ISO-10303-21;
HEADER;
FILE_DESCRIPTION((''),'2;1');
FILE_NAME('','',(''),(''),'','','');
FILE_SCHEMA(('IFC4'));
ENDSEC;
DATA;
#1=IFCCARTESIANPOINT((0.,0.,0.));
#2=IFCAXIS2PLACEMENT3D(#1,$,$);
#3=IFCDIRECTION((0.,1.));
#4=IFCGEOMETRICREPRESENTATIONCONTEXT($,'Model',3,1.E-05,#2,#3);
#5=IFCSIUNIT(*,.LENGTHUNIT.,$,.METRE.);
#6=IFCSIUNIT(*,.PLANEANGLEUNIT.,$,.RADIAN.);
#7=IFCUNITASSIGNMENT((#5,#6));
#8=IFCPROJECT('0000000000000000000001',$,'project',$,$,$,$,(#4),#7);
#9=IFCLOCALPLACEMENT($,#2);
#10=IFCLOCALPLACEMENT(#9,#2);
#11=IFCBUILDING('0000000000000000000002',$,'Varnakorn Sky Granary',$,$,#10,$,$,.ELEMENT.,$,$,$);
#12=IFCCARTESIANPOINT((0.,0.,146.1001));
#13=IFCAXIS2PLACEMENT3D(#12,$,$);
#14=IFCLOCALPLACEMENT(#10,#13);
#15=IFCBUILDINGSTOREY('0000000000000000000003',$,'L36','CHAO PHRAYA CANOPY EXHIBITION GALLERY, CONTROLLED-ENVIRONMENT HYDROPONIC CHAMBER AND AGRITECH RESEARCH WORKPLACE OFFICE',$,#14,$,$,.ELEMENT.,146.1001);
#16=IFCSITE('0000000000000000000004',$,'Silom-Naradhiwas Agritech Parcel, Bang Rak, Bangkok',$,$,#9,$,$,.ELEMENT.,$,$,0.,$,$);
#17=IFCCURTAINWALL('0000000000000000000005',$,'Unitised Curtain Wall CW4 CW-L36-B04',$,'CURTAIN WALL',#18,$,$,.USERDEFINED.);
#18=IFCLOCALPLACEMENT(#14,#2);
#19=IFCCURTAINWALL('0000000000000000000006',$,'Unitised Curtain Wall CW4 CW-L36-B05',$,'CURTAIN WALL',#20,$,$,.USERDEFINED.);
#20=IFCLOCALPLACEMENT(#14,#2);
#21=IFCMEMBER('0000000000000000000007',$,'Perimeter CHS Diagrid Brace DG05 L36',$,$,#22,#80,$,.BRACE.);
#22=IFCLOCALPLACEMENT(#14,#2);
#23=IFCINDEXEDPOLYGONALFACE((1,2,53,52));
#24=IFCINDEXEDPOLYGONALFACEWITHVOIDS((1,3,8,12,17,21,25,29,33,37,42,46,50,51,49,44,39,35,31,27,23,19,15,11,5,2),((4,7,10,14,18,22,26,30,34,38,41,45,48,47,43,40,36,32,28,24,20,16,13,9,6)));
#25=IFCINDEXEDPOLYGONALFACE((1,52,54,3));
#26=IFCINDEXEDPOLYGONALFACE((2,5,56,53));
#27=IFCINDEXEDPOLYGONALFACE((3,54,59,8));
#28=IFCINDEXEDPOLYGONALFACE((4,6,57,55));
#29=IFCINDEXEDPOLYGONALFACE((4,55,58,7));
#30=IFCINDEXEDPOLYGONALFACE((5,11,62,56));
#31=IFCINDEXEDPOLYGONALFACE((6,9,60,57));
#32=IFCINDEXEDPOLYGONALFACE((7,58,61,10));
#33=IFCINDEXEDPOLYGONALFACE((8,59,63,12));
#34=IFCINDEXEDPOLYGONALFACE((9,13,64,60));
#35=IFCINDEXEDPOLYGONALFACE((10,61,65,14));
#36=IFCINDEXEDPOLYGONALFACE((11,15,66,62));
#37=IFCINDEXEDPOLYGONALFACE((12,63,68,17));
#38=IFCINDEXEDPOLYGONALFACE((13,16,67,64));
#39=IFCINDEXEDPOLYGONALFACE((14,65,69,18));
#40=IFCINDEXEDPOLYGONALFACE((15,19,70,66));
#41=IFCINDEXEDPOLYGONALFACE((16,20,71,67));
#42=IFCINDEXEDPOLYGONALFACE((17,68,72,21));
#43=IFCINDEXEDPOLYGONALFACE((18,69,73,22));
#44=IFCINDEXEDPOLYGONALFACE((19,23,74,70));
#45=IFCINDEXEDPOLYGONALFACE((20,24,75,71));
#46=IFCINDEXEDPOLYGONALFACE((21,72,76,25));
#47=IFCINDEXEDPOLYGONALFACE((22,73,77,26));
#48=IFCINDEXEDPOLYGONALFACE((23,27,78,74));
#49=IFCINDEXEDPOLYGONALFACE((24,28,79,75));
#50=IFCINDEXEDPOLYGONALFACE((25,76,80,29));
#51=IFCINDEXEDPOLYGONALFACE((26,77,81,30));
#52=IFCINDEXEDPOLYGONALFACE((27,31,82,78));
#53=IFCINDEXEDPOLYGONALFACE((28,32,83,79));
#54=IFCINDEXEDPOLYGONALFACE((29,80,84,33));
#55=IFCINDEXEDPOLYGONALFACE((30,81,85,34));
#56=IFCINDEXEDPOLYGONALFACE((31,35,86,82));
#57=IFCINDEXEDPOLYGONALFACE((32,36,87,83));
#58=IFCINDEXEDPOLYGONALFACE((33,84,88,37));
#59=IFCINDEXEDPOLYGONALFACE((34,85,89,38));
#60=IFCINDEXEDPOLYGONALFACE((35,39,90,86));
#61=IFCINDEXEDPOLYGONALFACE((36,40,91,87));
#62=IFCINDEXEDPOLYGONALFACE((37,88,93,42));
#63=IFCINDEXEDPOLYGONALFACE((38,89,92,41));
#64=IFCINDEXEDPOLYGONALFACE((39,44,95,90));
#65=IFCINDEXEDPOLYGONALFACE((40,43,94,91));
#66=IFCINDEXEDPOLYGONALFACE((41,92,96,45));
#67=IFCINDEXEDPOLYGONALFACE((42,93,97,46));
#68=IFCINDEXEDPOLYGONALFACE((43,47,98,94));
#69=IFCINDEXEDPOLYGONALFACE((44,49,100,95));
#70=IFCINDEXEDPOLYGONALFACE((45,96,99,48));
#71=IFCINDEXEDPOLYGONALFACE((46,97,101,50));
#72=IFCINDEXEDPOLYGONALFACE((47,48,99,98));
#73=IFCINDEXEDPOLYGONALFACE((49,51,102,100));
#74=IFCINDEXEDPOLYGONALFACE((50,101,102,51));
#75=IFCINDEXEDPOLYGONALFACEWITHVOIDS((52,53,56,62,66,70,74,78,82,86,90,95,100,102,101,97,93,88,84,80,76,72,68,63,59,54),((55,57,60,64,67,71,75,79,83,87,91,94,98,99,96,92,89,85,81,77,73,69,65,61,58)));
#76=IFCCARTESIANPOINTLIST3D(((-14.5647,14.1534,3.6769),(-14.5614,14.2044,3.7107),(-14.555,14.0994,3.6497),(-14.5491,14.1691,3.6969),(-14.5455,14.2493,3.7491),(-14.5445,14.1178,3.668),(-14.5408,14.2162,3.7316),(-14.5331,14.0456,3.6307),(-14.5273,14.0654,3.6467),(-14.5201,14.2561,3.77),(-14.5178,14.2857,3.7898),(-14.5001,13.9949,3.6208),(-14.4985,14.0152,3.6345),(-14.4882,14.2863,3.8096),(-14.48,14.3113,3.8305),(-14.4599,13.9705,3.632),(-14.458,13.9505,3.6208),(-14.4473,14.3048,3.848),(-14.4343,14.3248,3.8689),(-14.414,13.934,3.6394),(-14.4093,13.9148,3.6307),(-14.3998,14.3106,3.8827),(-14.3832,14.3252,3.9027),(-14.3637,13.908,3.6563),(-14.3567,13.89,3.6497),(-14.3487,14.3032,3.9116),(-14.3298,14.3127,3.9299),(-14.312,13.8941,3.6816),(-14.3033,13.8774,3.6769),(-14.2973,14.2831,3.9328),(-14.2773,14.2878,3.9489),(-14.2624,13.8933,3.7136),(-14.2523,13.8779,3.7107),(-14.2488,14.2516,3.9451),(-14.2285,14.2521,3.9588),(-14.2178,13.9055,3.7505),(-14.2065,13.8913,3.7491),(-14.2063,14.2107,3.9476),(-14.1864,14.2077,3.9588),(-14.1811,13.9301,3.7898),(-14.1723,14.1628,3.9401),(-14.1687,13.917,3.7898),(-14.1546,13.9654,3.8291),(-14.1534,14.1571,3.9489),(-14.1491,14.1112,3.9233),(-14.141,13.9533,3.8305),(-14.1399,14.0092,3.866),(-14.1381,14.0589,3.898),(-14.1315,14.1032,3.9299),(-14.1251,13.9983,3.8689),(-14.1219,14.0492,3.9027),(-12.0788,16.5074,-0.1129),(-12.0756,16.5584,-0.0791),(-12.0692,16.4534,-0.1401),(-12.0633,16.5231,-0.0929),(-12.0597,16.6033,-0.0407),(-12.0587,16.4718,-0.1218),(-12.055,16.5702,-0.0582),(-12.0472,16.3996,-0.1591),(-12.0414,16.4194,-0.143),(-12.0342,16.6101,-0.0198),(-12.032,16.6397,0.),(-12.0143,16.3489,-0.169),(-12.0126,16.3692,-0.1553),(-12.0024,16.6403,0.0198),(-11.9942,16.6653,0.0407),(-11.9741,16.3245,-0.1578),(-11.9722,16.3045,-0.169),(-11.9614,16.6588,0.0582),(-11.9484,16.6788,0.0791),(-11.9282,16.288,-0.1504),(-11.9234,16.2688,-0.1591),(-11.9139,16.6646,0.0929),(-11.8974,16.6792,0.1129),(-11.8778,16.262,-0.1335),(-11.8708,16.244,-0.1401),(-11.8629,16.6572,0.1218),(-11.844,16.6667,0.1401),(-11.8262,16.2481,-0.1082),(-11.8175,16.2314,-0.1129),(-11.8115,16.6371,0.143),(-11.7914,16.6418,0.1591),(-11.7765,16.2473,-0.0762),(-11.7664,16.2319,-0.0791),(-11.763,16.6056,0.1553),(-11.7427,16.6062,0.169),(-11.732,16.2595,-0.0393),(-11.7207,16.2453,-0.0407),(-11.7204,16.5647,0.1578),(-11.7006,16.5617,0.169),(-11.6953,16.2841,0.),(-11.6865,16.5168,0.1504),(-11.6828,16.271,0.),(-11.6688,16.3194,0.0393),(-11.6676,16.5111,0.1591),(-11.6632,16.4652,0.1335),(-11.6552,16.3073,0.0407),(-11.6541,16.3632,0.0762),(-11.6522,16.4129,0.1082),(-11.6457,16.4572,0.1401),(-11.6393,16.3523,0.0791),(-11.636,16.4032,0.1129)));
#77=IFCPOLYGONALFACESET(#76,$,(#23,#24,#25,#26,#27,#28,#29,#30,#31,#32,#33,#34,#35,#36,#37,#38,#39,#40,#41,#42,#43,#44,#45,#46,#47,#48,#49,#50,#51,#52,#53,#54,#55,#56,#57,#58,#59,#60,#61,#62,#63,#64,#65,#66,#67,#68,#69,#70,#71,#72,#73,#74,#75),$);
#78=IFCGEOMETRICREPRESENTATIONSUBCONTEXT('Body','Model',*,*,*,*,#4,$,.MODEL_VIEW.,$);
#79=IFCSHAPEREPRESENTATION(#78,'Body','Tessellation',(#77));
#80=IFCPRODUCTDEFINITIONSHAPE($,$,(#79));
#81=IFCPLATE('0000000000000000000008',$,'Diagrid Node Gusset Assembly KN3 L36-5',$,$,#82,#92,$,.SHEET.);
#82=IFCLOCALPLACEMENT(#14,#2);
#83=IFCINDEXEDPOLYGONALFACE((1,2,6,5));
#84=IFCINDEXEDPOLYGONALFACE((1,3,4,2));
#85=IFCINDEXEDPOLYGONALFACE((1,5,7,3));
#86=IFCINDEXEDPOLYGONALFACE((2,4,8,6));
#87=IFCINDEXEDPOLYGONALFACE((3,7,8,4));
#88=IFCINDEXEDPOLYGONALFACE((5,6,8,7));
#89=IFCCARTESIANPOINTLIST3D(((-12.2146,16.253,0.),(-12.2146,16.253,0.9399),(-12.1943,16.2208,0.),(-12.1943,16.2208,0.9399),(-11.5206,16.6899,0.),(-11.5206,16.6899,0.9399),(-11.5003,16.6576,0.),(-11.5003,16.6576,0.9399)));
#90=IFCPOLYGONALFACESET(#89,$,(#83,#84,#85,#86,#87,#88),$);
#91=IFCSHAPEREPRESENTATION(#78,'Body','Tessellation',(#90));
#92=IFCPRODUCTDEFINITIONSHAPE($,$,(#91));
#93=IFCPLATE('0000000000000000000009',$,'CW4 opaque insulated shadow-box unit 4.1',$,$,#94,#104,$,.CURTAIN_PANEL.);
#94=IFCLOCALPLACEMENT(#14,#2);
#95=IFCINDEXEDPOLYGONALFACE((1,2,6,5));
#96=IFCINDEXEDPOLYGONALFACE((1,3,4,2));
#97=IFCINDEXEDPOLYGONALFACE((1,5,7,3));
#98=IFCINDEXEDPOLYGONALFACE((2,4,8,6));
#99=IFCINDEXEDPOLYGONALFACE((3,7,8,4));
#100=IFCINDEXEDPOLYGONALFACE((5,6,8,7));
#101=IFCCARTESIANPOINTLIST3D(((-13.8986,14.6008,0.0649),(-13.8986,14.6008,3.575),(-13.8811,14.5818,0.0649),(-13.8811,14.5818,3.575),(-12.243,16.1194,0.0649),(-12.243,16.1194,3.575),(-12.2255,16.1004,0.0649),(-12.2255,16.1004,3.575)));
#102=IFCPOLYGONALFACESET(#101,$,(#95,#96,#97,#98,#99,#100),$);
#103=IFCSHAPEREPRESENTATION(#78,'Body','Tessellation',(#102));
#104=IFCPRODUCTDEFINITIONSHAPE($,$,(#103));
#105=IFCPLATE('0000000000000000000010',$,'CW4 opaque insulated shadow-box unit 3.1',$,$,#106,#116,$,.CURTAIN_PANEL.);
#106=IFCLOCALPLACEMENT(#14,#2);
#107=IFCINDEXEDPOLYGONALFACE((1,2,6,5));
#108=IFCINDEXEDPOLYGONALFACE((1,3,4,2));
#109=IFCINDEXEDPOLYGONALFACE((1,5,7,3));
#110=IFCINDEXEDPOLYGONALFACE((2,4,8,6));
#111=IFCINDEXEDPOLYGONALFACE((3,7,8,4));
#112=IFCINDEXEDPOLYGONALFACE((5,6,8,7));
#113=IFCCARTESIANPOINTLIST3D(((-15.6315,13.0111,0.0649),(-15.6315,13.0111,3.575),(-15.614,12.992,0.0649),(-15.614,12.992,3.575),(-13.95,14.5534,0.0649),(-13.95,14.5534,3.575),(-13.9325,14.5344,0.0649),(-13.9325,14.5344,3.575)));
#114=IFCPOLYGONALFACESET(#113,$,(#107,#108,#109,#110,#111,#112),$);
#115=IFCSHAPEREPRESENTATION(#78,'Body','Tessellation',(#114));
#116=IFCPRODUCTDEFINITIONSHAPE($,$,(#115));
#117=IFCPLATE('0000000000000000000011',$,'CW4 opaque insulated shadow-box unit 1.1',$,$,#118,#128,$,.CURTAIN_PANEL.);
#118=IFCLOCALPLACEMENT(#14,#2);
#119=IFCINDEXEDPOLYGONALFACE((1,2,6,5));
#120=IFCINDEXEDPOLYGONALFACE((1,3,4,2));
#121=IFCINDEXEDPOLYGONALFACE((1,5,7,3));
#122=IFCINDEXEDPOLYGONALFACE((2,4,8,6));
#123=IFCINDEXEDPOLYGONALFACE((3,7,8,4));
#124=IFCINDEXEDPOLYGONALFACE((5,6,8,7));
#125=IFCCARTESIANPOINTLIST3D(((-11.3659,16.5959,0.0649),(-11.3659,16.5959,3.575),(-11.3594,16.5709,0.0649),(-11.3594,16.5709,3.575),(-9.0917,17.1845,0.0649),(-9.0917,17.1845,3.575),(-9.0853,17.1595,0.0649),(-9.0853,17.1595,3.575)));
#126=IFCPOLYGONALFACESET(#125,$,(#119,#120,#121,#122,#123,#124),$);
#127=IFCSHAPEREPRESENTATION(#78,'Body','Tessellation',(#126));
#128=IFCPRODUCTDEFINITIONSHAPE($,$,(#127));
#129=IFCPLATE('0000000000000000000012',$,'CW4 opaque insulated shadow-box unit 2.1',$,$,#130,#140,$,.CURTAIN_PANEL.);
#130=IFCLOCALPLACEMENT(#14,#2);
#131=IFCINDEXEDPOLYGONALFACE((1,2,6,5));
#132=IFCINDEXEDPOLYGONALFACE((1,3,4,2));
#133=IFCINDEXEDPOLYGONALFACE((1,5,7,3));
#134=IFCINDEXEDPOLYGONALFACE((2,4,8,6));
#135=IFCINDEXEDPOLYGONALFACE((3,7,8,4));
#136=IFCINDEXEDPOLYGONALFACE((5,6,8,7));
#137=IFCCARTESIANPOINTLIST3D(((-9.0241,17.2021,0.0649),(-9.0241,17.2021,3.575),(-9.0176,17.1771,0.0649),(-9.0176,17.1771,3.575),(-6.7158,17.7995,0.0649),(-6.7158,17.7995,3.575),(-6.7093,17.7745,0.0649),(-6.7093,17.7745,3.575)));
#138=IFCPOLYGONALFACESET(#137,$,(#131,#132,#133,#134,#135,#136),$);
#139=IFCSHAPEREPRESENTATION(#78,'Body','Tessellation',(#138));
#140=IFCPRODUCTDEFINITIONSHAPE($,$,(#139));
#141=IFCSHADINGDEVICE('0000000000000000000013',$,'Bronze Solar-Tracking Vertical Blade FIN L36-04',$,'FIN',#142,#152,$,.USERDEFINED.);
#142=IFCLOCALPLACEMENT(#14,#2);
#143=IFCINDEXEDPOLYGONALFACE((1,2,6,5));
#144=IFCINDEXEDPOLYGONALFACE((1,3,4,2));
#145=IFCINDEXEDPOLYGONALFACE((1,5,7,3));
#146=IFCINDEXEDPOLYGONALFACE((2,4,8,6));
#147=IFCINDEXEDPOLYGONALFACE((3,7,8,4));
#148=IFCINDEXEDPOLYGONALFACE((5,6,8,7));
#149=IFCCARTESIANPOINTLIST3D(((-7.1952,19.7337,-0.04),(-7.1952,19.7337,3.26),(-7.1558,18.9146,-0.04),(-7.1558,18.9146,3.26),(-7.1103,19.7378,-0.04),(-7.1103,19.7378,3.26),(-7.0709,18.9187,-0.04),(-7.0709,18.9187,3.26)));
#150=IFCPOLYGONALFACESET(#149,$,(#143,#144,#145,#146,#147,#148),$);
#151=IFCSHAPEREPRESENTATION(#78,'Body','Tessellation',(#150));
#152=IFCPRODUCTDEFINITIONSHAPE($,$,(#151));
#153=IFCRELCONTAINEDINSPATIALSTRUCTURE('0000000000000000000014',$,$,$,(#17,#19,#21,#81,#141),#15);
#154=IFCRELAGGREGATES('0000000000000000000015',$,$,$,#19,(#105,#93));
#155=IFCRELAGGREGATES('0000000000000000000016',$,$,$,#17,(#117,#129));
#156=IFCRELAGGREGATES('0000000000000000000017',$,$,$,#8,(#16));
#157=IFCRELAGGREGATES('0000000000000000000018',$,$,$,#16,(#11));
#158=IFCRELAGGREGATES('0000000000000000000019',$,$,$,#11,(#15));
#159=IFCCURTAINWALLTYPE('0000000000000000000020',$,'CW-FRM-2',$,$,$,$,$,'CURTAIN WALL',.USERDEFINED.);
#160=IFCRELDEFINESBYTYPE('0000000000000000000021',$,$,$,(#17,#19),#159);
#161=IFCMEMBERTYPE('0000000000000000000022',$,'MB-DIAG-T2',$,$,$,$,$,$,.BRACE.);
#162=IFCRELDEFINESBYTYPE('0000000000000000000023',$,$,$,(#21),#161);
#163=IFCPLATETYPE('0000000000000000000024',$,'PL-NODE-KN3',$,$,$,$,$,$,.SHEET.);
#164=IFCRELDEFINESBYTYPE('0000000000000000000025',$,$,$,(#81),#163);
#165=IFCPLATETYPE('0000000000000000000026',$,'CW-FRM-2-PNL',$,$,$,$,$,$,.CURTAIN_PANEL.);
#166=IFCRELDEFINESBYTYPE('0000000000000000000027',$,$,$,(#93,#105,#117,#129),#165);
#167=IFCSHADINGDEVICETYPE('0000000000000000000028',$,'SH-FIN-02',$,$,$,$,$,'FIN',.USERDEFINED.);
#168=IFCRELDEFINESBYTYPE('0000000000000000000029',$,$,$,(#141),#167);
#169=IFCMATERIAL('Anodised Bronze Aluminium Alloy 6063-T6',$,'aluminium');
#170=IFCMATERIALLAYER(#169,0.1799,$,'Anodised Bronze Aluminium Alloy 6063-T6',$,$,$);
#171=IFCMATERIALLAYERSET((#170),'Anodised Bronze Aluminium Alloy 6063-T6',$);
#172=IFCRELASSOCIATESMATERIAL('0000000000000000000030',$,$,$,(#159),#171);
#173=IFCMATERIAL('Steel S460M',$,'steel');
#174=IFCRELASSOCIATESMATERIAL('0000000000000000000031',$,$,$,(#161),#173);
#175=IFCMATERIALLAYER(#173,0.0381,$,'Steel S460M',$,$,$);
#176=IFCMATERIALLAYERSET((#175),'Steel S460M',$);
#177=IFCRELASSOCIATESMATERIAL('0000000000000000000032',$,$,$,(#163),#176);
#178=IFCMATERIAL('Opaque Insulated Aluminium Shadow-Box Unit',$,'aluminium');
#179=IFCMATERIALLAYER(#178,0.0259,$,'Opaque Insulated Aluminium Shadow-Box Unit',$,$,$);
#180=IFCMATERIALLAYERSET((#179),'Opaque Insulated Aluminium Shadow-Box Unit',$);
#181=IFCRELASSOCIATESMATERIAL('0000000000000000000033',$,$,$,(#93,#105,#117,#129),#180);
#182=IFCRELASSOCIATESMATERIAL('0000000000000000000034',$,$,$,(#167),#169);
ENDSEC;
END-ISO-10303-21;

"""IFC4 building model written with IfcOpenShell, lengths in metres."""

from ifc_helpers import new_model, si_unit, direction, frame, origin, origin_2d, place, context, subcontext, project, spatial, rectangle, hollow_circle, extrude, source, transform, mapped, material, layer, layer_set, material_profile, profile_set, type_object, type_shapes, element, aggregate, save


model = new_model("IFC4")

# Units and contexts
model_context = context("Model", 3, precision=1e-05, world=origin(), true_north=direction((0.0, 1.0)))
body_context = subcontext(model_context, "Body", "Model", "MODEL_VIEW")
ifc_project = project(units=[si_unit("LENGTHUNIT", "METRE"), si_unit("PLANEANGLEUNIT", "RADIAN")], contexts=[model_context])

# Site, building, storey
site_placement = place(None, origin())
site = spatial("IfcSite", under=ifc_project, at=site_placement, Name="Silom-Naradhiwas Agritech Parcel, Bang Rak, Bangkok", CompositionType="ELEMENT", RefElevation=0.0)
building_placement = place(site_placement, origin())
building = spatial("IfcBuilding", under=site, at=building_placement, Name="Varnakorn Sky Granary", CompositionType="ELEMENT")
storey_placement = place(building_placement, frame((0.0, 0.0, 146.1001)))
storey = spatial("IfcBuildingStorey", under=building, at=storey_placement, Name="L36", Description="CHAO PHRAYA CANOPY EXHIBITION GALLERY, CONTROLLED-ENVIRONMENT HYDROPONIC CHAMBER AND AGRITECH RESEARCH WORKPLACE OFFICE", CompositionType="ELEMENT", Elevation=146.1001)

# Shared definitions
ifc_material_1 = material(Name="Steel S460M", Category="steel")

# Curtain walls
ifc_material_2 = material(Name="Anodised Bronze Aluminium Alloy 6063-T6", Category="aluminium")
ifc_layer_1 = layer(ifc_material_2, 0.1799, Name="Anodised Bronze Aluminium Alloy 6063-T6")
ifc_layer_set_1 = layer_set([ifc_layer_1], Name="Anodised Bronze Aluminium Alloy 6063-T6")
curtain_wall_type = type_object("IfcCurtainWallType", Name="CW-FRM-2", ElementType="CURTAIN WALL", PredefinedType="USERDEFINED", material=ifc_layer_set_1)
curtain_wall_1_placement = place(storey_placement, origin())
curtain_wall_1 = element("IfcCurtainWall", 1, at=curtain_wall_1_placement, inside=storey, type_object=curtain_wall_type, Name="Unitised Curtain Wall CW4 CW-L36-B04", ObjectType="CURTAIN WALL", PredefinedType="USERDEFINED")
curtain_wall_2_placement = place(storey_placement, origin())
curtain_wall_2 = element("IfcCurtainWall", 2, at=curtain_wall_2_placement, inside=storey, type_object=curtain_wall_type, Name="Unitised Curtain Wall CW4 CW-L36-B05", ObjectType="CURTAIN WALL", PredefinedType="USERDEFINED")

# Member
ifc_material_profile_1 = material_profile(ifc_material_1, hollow_circle(Radius=0.2539, WallThickness=0.0181, at=origin_2d()), Name="CHS 508x18")
ifc_profile_set_1 = profile_set([ifc_material_profile_1], Name="Steel S460M")
member_type_1 = type_object("IfcMemberType", Name="MB-DIAG-T2", PredefinedType="BRACE", material=ifc_profile_set_1)
member_1_placement = place(storey_placement, frame((-11.8574, 16.4553, 0.0), z_axis=(-0.486734, -0.460921, 0.742052), x_axis=(0.68759, -0.726099, 0.0)))
element("IfcMember", 3, at=member_1_placement, inside=storey, type_object=member_type_1, Name="Perimeter CHS Diagrid Brace DG05 L36", PredefinedType="BRACE", context=body_context, shape_type="SweptSolid", body=[
    extrude(hollow_circle(Radius=0.2539, WallThickness=0.0181, at=origin_2d()), origin(), (0.0, 0.0, 1.0), 5.1072),
])

# Plates
ifc_layer_2 = layer(ifc_material_1, 0.0381, Name="Steel S460M")
ifc_layer_set_2 = layer_set([ifc_layer_2], Name="Steel S460M")
plate_type_1 = type_object("IfcPlateType", Name="PL-NODE-KN3", PredefinedType="SHEET", material=ifc_layer_set_2)
plate_1_placement = place(storey_placement, frame((-11.8574, 16.4553, 0.0), z_axis=(0.0, 0.0, 1.0), x_axis=(-0.846308, -0.532694, 0.0)))
element("IfcPlate", 4, at=plate_1_placement, inside=storey, type_object=plate_type_1, Name="Diagrid Node Gusset Assembly KN3 L36-5", PredefinedType="SHEET", context=body_context, shape_type="SweptSolid", body=[
    extrude(rectangle(XDim=0.8201, YDim=0.0381, at=origin_2d()), origin(), (0.0, 0.0, 1.0), 0.9399),
])
ifc_material_3 = material(Name="Opaque Insulated Aluminium Shadow-Box Unit", Category="aluminium")
ifc_layer_3 = layer(ifc_material_3, 0.0259, Name="Opaque Insulated Aluminium Shadow-Box Unit")
ifc_layer_set_3 = layer_set([ifc_layer_3], Name="Opaque Insulated Aluminium Shadow-Box Unit")
plate_type_2 = type_object("IfcPlateType", Name="CW-FRM-2-PNL", PredefinedType="CURTAIN_PANEL")
shared_shape_1 = source(origin(), body_context, "Body", "SweptSolid", [
    extrude(rectangle(XDim=2.2466, YDim=0.0259, at=origin_2d()), origin(), (0.0, 0.0, 1.0), 3.51),
])
plate_2_placement = place(storey_placement, frame((-13.062, 15.3506, 0.0649), z_axis=(0.0, 0.0, 1.0), x_axis=(0.736938, 0.67596, 0.0)))
plate_2 = element("IfcPlate", 5, at=plate_2_placement, type_object=plate_type_2, material=ifc_layer_set_3, Name="CW4 opaque insulated shadow-box unit 4.1", PredefinedType="CURTAIN_PANEL", context=body_context, shape_type="MappedRepresentation", body=[
    mapped(shared_shape_1, transform((0.0, 0.0, 0.0), x_axis=(1.0, 0.0, 0.0), y_axis=(0.0, 1.0, 0.0), z_axis=(0.0, 0.0, 1.0), scale=1.0)),
])
shared_shape_2 = source(origin(), body_context, "Body", "SweptSolid", [
    extrude(rectangle(XDim=2.2817, YDim=0.0259, at=origin_2d()), origin(), (0.0, 0.0, 1.0), 3.51),
])
plate_3_placement = place(storey_placement, frame((-14.782, 13.7727, 0.0649), z_axis=(0.0, 0.0, 1.0), x_axis=(0.736938, 0.67596, 0.0)))
plate_3 = element("IfcPlate", 6, at=plate_3_placement, type_object=plate_type_2, material=ifc_layer_set_3, Name="CW4 opaque insulated shadow-box unit 3.1", PredefinedType="CURTAIN_PANEL", context=body_context, shape_type="MappedRepresentation", body=[
    mapped(shared_shape_2, transform((0.0, 0.0, 0.0), x_axis=(1.0, 0.0, 0.0), y_axis=(0.0, 1.0, 0.0), z_axis=(0.0, 0.0, 1.0), scale=1.0)),
])
aggregate(curtain_wall_2, [plate_3, plate_2])
shared_shape_3 = source(origin(), body_context, "Body", "SweptSolid", [
    extrude(rectangle(XDim=2.3491, YDim=0.0259, at=origin_2d()), origin(), (0.0, 0.0, 1.0), 3.51),
])
plate_4_placement = place(storey_placement, frame((-10.2256, 16.8777, 0.0649), z_axis=(0.0, 0.0, 1.0), x_axis=(0.968101, 0.250559, 0.0)))
plate_4 = element("IfcPlate", 7, at=plate_4_placement, type_object=plate_type_2, material=ifc_layer_set_3, Name="CW4 opaque insulated shadow-box unit 1.1", PredefinedType="CURTAIN_PANEL", context=body_context, shape_type="MappedRepresentation", body=[
    mapped(shared_shape_3, transform((0.0, 0.0, 0.0), x_axis=(1.0, 0.0, 0.0), y_axis=(0.0, 1.0, 0.0), z_axis=(0.0, 0.0, 1.0), scale=1.0)),
])
shared_shape_4 = source(origin(), body_context, "Body", "SweptSolid", [
    extrude(rectangle(XDim=2.3843, YDim=0.0259, at=origin_2d()), origin(), (0.0, 0.0, 1.0), 3.51),
])
type_shapes(plate_type_2, [shared_shape_1, shared_shape_2, shared_shape_3, shared_shape_4])
plate_5_placement = place(storey_placement, frame((-7.8667, 17.4883, 0.0649), z_axis=(0.0, 0.0, 1.0), x_axis=(0.968101, 0.250559, 0.0)))
plate_5 = element("IfcPlate", 8, at=plate_5_placement, type_object=plate_type_2, material=ifc_layer_set_3, Name="CW4 opaque insulated shadow-box unit 2.1", PredefinedType="CURTAIN_PANEL", context=body_context, shape_type="MappedRepresentation", body=[
    mapped(shared_shape_4, transform((0.0, 0.0, 0.0), x_axis=(1.0, 0.0, 0.0), y_axis=(0.0, 1.0, 0.0), z_axis=(0.0, 0.0, 1.0), scale=1.0)),
])
aggregate(curtain_wall_1, [plate_4, plate_5])

# Shading device
shading_device_type = type_object("IfcShadingDeviceType", Name="SH-FIN-02", ElementType="FIN", PredefinedType="USERDEFINED", material=ifc_material_2)
shared_shape_5 = source(origin(), body_context, "Body", "SweptSolid", [
    extrude(rectangle(XDim=0.085, YDim=0.8201, at=origin_2d()), origin(), (0.0, 0.0, 1.0), 3.3),
])
type_shapes(shading_device_type, [shared_shape_5])
shading_device_placement = place(storey_placement, frame((-7.1331, 19.3262, -0.04), z_axis=(0.0, 0.0, 1.0), x_axis=(-0.998843, -0.04808, 0.0)))
element("IfcShadingDevice", 9, at=shading_device_placement, inside=storey, type_object=shading_device_type, Name="Bronze Solar-Tracking Vertical Blade FIN L36-04", ObjectType="FIN", PredefinedType="USERDEFINED", context=body_context, shape_type="MappedRepresentation", body=[
    mapped(shared_shape_5, transform((0.0, 0.0, 0.0), x_axis=(1.0, 0.0, 0.0), y_axis=(0.0, 1.0, 0.0), z_axis=(0.0, 0.0, 1.0), scale=1.0)),
])

save(model, "model.ifc")
